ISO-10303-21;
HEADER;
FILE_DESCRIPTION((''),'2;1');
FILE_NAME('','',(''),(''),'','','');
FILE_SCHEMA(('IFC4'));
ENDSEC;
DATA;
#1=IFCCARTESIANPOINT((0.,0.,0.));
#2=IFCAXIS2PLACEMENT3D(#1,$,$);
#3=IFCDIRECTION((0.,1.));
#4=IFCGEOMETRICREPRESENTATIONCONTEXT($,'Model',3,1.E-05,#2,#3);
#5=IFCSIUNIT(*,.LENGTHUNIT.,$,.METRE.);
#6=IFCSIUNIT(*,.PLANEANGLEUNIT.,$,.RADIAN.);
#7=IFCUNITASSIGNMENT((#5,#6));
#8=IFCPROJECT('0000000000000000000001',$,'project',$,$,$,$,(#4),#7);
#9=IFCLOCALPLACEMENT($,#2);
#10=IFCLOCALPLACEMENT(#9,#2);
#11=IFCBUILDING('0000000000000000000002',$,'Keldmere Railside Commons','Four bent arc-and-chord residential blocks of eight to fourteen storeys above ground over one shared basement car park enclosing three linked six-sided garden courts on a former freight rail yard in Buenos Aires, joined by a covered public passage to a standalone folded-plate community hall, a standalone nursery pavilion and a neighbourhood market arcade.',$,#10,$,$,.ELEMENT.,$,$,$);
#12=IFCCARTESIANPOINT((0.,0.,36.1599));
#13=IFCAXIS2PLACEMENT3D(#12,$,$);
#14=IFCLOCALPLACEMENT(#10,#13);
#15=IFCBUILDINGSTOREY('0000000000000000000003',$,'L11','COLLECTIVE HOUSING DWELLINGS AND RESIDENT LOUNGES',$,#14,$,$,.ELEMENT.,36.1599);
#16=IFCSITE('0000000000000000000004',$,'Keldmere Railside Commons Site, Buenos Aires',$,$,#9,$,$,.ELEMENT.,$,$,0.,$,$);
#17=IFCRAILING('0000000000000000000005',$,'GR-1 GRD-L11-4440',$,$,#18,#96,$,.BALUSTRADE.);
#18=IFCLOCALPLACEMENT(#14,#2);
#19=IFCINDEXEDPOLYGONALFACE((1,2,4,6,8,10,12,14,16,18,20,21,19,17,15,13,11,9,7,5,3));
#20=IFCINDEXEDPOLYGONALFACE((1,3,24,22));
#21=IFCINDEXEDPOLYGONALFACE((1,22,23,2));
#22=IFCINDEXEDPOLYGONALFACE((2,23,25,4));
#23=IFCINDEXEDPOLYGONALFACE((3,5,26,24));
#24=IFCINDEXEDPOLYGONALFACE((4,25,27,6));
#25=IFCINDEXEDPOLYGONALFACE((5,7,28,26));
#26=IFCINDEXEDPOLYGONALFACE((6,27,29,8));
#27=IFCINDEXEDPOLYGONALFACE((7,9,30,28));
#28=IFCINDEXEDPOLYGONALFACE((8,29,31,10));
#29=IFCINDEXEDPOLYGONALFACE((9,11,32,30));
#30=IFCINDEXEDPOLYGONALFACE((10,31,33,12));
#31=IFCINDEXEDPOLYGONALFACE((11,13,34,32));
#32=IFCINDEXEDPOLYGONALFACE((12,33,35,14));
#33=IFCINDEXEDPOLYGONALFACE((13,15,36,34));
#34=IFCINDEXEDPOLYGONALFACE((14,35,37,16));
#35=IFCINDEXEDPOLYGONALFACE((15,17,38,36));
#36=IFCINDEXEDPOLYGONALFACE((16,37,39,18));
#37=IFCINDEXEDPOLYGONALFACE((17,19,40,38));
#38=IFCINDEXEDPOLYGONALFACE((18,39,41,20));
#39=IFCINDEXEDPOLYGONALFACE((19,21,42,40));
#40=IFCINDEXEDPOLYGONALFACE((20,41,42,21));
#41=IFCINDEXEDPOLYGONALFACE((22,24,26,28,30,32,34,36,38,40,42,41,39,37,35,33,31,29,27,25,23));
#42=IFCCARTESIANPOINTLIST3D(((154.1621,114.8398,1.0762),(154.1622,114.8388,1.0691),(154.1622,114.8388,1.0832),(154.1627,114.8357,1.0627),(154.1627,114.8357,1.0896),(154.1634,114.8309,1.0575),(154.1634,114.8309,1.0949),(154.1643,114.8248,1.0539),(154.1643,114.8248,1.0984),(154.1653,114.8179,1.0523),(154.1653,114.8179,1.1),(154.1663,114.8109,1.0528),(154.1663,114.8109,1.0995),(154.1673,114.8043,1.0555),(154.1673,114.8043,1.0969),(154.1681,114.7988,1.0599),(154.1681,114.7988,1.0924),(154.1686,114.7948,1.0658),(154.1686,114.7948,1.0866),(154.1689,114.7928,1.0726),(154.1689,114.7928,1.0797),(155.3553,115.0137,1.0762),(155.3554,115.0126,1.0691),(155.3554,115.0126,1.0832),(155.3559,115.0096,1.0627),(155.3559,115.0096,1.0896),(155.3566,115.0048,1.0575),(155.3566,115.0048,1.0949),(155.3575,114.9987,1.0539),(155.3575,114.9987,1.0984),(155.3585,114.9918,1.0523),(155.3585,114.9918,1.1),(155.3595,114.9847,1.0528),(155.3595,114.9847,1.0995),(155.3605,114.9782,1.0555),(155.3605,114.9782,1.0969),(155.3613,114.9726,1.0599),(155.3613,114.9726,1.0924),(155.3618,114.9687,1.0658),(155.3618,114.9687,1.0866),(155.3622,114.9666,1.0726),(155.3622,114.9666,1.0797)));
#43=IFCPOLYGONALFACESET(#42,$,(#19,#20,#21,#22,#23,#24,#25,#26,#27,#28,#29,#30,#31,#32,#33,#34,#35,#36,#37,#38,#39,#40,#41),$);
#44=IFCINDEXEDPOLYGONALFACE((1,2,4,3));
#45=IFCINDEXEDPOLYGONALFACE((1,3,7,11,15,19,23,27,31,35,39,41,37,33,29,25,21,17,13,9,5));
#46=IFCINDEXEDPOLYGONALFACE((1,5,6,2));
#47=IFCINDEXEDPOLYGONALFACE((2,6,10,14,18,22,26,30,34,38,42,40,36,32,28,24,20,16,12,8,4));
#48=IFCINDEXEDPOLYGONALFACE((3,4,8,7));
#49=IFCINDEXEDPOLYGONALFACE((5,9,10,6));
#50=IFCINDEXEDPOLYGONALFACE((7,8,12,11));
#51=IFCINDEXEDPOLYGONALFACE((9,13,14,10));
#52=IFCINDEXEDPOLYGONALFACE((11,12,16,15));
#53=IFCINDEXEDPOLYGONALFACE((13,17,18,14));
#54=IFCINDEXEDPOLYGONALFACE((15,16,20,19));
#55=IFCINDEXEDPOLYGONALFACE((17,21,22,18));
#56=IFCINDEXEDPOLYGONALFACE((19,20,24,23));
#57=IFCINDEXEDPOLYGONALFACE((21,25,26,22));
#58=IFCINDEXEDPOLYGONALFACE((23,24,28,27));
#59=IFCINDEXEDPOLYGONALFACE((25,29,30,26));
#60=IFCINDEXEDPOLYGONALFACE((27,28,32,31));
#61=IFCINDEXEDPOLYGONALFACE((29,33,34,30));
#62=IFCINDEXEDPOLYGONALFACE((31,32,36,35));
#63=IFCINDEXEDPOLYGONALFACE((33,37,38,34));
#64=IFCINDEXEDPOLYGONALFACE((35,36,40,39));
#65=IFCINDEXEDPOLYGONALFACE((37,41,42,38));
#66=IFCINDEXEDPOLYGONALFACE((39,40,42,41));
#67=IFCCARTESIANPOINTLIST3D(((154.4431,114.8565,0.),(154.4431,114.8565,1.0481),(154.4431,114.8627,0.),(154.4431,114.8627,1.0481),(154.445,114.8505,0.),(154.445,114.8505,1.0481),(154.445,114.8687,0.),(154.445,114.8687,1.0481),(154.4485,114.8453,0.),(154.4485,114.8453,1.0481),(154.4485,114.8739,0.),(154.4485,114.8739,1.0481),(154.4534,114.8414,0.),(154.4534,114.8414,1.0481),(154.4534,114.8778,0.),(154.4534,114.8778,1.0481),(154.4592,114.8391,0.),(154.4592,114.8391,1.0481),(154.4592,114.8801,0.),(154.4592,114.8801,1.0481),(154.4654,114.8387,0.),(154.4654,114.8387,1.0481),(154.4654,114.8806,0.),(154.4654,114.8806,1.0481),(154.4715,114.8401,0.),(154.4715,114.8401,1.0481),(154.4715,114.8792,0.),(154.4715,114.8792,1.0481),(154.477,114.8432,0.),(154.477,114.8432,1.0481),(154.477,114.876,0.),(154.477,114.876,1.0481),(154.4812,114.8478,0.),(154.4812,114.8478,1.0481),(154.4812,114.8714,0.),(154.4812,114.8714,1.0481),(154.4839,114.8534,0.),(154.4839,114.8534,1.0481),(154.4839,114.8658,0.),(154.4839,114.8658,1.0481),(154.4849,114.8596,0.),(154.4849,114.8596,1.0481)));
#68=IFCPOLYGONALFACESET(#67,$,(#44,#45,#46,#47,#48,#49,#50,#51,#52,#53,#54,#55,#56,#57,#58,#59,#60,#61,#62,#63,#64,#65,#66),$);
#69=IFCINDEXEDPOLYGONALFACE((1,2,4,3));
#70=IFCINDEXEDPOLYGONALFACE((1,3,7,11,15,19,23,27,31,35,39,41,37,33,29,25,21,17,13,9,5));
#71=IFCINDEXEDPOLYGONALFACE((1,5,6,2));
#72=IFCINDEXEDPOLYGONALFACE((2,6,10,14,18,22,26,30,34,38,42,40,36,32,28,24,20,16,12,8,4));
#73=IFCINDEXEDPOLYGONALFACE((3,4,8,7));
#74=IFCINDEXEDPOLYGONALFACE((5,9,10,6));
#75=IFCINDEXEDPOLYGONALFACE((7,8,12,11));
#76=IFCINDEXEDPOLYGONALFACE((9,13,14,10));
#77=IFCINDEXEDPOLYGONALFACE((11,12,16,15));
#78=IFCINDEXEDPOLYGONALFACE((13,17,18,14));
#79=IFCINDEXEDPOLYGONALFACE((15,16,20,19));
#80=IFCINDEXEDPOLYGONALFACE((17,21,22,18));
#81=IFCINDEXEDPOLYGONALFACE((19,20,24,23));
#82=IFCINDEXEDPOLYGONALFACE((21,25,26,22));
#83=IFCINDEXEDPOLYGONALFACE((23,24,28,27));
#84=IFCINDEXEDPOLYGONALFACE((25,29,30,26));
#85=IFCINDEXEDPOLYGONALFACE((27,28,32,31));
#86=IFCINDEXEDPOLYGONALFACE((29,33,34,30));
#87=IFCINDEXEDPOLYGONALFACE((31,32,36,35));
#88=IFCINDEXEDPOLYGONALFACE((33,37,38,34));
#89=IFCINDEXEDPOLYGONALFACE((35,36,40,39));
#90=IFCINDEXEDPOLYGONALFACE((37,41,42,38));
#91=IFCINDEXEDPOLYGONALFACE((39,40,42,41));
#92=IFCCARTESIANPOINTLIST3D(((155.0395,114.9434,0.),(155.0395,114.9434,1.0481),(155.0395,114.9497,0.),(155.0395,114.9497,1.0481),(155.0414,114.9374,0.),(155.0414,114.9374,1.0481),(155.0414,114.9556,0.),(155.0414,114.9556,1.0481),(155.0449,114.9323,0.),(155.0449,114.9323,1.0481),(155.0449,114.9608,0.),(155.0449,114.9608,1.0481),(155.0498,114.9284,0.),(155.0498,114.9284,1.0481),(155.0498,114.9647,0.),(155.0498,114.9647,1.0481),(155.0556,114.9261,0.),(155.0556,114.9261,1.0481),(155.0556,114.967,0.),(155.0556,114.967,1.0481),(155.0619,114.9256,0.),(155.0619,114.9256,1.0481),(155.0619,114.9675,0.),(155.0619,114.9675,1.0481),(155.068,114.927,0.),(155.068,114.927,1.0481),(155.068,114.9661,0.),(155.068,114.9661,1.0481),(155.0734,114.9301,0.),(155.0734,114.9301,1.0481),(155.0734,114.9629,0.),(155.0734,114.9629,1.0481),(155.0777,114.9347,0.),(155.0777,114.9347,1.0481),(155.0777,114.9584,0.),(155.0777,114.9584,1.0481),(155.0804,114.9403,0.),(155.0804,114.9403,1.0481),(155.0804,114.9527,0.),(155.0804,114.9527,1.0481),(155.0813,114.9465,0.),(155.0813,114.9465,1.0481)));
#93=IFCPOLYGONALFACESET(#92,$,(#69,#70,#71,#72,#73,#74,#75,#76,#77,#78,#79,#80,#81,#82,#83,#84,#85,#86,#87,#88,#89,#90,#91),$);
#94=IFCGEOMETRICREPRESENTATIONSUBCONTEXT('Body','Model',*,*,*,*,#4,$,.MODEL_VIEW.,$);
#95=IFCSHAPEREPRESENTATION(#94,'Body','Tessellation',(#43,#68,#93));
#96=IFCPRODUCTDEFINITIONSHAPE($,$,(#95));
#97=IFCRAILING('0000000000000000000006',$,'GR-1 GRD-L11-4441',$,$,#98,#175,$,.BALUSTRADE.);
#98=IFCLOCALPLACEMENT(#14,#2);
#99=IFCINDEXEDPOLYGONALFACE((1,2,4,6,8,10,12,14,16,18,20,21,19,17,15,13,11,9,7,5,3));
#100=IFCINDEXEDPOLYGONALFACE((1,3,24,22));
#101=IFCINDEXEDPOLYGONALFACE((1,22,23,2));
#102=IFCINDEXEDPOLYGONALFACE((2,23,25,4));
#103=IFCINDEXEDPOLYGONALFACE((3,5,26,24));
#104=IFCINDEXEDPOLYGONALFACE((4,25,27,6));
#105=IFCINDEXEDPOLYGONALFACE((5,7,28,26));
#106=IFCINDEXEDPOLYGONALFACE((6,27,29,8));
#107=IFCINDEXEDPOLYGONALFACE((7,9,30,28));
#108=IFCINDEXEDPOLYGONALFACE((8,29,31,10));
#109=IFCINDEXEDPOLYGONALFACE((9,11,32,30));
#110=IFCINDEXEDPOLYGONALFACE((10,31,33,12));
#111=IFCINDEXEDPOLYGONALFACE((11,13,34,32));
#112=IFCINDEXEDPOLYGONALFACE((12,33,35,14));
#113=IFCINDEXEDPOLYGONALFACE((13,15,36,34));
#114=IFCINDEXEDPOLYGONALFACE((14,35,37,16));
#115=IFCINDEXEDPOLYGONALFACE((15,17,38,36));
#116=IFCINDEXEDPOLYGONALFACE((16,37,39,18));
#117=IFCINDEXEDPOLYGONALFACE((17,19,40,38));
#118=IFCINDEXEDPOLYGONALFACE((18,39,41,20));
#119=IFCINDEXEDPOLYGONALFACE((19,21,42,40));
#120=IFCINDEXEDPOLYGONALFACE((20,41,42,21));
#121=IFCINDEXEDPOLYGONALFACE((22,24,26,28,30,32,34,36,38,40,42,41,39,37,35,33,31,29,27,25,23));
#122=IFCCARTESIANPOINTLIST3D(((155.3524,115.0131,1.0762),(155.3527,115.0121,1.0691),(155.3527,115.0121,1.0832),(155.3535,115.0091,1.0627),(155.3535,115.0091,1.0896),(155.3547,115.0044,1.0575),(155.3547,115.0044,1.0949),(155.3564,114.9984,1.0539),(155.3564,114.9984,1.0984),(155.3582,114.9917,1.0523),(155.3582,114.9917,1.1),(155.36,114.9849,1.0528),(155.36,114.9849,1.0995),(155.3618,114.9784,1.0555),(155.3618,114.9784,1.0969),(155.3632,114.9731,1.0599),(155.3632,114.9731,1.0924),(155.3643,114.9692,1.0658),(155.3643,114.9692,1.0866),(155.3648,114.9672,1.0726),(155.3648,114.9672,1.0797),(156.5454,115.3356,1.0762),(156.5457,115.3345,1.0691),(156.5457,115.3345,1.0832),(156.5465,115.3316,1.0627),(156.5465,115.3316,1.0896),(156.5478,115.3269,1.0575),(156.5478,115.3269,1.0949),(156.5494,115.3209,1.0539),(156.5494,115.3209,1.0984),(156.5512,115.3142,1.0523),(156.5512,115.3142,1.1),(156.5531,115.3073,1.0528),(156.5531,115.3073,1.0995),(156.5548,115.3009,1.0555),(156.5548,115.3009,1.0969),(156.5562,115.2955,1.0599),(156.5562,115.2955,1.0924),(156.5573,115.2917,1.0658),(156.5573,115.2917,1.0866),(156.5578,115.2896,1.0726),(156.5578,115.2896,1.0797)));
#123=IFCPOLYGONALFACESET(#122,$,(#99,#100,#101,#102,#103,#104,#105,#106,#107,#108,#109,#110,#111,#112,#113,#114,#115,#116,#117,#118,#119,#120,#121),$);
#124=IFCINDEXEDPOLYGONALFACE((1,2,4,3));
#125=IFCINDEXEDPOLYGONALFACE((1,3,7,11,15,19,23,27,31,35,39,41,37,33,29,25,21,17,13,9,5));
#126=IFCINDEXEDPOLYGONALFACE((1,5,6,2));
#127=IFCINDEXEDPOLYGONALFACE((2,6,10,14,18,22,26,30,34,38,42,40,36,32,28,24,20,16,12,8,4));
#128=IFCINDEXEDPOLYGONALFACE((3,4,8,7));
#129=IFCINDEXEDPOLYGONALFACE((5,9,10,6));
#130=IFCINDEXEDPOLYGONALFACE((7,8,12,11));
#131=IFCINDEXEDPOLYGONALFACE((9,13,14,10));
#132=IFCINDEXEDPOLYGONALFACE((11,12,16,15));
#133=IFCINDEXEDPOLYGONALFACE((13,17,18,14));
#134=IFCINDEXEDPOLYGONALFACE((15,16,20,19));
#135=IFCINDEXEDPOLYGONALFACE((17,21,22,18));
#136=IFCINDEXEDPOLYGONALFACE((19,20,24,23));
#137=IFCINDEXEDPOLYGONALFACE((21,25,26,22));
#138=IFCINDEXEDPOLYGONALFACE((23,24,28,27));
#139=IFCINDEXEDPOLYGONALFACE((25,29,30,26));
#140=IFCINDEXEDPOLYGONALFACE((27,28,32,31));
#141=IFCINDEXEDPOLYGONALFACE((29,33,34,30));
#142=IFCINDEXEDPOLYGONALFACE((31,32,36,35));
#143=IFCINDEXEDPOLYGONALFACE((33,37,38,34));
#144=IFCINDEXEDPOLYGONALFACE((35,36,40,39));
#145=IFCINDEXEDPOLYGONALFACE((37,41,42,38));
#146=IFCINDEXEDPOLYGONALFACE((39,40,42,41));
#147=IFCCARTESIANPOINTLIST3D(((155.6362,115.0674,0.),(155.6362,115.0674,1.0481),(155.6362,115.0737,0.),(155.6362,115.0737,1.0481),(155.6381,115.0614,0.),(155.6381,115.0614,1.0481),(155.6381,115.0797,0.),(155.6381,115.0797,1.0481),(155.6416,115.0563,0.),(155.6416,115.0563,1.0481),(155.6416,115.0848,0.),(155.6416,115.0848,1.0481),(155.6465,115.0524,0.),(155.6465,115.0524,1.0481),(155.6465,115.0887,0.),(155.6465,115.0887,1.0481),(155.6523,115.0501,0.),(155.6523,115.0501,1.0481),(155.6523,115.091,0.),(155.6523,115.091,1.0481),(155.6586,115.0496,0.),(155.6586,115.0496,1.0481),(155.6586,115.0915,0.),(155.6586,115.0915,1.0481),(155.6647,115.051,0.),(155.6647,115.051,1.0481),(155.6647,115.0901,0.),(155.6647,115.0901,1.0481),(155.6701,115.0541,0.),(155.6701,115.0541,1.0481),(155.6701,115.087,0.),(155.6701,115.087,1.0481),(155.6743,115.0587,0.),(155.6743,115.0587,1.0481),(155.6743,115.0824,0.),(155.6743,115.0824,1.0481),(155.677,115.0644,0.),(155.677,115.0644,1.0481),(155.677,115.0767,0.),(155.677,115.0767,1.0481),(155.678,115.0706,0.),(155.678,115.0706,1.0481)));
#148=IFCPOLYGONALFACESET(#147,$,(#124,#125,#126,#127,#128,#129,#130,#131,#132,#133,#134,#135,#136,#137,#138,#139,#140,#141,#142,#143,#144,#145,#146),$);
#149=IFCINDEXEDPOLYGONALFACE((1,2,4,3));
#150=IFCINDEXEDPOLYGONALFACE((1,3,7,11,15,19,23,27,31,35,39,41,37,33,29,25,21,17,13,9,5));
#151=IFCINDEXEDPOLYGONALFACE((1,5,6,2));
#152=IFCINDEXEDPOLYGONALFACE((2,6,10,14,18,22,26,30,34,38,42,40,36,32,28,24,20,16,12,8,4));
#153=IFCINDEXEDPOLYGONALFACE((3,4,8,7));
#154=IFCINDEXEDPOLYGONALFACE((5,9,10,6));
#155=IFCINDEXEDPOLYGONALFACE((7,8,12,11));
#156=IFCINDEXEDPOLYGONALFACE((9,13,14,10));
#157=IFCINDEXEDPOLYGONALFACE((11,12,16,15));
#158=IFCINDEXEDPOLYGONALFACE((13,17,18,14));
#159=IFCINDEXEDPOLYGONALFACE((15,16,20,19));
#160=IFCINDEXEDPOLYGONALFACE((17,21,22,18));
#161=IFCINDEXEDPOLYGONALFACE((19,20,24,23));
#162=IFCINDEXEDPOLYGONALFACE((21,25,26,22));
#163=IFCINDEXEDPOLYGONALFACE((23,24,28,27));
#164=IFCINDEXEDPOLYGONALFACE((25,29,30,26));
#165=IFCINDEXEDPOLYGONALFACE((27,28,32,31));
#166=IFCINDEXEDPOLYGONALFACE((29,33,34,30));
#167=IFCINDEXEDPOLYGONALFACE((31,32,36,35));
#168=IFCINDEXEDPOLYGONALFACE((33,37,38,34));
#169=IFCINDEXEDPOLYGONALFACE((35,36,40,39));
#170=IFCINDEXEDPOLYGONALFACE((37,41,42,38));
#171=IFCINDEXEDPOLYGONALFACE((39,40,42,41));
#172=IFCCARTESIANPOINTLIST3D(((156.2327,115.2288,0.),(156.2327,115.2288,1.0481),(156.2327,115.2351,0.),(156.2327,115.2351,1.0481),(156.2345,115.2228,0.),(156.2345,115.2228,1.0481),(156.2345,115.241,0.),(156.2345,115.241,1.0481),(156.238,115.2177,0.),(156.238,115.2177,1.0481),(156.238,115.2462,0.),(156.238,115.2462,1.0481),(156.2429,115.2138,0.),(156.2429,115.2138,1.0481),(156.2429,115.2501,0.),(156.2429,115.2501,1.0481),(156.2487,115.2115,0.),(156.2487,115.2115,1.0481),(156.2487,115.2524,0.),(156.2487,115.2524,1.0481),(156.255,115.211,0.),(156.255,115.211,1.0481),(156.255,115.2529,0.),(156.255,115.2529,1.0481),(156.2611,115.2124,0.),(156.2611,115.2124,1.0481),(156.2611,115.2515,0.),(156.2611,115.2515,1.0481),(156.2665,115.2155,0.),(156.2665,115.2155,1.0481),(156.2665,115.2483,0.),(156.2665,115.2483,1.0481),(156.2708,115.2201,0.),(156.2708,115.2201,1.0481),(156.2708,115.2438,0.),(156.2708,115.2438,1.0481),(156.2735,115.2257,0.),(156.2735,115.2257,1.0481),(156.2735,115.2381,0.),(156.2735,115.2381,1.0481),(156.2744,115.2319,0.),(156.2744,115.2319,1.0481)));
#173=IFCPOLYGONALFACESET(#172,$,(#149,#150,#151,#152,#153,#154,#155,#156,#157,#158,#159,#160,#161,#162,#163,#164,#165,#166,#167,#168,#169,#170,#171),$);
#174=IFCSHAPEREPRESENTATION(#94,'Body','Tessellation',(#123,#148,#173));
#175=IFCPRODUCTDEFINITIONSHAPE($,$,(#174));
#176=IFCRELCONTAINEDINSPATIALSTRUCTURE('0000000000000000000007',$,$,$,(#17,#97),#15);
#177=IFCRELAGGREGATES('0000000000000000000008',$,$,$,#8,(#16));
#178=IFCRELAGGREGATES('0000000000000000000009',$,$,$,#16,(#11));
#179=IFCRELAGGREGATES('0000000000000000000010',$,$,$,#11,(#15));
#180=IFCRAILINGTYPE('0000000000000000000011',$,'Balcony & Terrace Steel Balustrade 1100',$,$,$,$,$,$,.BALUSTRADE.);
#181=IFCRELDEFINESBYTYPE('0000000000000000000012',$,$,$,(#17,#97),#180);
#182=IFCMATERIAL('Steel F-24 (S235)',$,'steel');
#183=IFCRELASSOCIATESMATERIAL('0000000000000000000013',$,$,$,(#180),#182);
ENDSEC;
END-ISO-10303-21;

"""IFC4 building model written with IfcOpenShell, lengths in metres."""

from ifc_helpers import new_model, si_unit, direction, frame, origin, origin_2d, place, context, subcontext, project, spatial, circle, extrude, material, type_object, element, save


model = new_model("IFC4")

# Units and contexts
model_context = context("Model", 3, precision=1e-05, world=origin(), true_north=direction((0.0, 1.0)))
body_context = subcontext(model_context, "Body", "Model", "MODEL_VIEW")
ifc_project = project(units=[si_unit("LENGTHUNIT", "METRE"), si_unit("PLANEANGLEUNIT", "RADIAN")], contexts=[model_context])

# Site, building, storey
site_placement = place(None, origin())
site = spatial("IfcSite", under=ifc_project, at=site_placement, Name="Keldmere Railside Commons Site, Buenos Aires", CompositionType="ELEMENT", RefElevation=0.0)
building_placement = place(site_placement, origin())
building = spatial("IfcBuilding", under=site, at=building_placement, Name="Keldmere Railside Commons", Description="Four bent arc-and-chord residential blocks of eight to fourteen storeys above ground over one shared basement car park enclosing three linked six-sided garden courts on a former freight rail yard in Buenos Aires, joined by a covered public passage to a standalone folded-plate community hall, a standalone nursery pavilion and a neighbourhood market arcade.", CompositionType="ELEMENT")
storey_placement = place(building_placement, frame((0.0, 0.0, 36.1599)))
storey = spatial("IfcBuildingStorey", under=building, at=storey_placement, Name="L11", Description="COLLECTIVE HOUSING DWELLINGS AND RESIDENT LOUNGES", CompositionType="ELEMENT", Elevation=36.1599)

# Railings
ifc_material_1 = material(Name="Steel F-24 (S235)", Category="steel")
railing_type = type_object("IfcRailingType", Name="Balcony & Terrace Steel Balustrade 1100", PredefinedType="BALUSTRADE", material=ifc_material_1)
railing_1_placement = place(storey_placement, frame((154.1655, 114.8162, 0.0)))
element("IfcRailing", 1, at=railing_1_placement, inside=storey, type_object=railing_type, Name="GR-1 GRD-L11-4440", PredefinedType="BALUSTRADE", context=body_context, shape_type="SweptSolid", body=[
    extrude(circle(Radius=0.0239, at=origin_2d()), frame((0.0, 0.0, 1.0762), z_axis=(0.989553, 0.144171, 0.0), x_axis=(-0.144171, 0.989553, 0.0)), (0.0, 0.0, 1.0), 1.2058),
    extrude(circle(Radius=0.021, at=origin_2d()), frame((0.2983, 0.0435, 0.0)), (0.0, 0.0, 1.0), 1.0481),
    extrude(circle(Radius=0.021, at=origin_2d()), frame((0.8948, 0.1304, 0.0)), (0.0, 0.0, 1.0), 1.0481),
])
railing_2_placement = place(storey_placement, frame((155.3586, 114.99, 0.0)))
element("IfcRailing", 2, at=railing_2_placement, inside=storey, type_object=railing_type, Name="GR-1 GRD-L11-4441", PredefinedType="BALUSTRADE", context=body_context, shape_type="SweptSolid", body=[
    extrude(circle(Radius=0.0239, at=origin_2d()), frame((0.0, 0.0, 1.0762), z_axis=(0.965354, 0.260944, 0.0), x_axis=(-0.260944, 0.965354, 0.0)), (0.0, 0.0, 1.0), 1.2358),
    extrude(circle(Radius=0.021, at=origin_2d()), frame((0.2983, 0.0806, 0.0)), (0.0, 0.0, 1.0), 1.0481),
    extrude(circle(Radius=0.021, at=origin_2d()), frame((0.8948, 0.2419, 0.0)), (0.0, 0.0, 1.0), 1.0481),
])

save(model, "model.ifc")
